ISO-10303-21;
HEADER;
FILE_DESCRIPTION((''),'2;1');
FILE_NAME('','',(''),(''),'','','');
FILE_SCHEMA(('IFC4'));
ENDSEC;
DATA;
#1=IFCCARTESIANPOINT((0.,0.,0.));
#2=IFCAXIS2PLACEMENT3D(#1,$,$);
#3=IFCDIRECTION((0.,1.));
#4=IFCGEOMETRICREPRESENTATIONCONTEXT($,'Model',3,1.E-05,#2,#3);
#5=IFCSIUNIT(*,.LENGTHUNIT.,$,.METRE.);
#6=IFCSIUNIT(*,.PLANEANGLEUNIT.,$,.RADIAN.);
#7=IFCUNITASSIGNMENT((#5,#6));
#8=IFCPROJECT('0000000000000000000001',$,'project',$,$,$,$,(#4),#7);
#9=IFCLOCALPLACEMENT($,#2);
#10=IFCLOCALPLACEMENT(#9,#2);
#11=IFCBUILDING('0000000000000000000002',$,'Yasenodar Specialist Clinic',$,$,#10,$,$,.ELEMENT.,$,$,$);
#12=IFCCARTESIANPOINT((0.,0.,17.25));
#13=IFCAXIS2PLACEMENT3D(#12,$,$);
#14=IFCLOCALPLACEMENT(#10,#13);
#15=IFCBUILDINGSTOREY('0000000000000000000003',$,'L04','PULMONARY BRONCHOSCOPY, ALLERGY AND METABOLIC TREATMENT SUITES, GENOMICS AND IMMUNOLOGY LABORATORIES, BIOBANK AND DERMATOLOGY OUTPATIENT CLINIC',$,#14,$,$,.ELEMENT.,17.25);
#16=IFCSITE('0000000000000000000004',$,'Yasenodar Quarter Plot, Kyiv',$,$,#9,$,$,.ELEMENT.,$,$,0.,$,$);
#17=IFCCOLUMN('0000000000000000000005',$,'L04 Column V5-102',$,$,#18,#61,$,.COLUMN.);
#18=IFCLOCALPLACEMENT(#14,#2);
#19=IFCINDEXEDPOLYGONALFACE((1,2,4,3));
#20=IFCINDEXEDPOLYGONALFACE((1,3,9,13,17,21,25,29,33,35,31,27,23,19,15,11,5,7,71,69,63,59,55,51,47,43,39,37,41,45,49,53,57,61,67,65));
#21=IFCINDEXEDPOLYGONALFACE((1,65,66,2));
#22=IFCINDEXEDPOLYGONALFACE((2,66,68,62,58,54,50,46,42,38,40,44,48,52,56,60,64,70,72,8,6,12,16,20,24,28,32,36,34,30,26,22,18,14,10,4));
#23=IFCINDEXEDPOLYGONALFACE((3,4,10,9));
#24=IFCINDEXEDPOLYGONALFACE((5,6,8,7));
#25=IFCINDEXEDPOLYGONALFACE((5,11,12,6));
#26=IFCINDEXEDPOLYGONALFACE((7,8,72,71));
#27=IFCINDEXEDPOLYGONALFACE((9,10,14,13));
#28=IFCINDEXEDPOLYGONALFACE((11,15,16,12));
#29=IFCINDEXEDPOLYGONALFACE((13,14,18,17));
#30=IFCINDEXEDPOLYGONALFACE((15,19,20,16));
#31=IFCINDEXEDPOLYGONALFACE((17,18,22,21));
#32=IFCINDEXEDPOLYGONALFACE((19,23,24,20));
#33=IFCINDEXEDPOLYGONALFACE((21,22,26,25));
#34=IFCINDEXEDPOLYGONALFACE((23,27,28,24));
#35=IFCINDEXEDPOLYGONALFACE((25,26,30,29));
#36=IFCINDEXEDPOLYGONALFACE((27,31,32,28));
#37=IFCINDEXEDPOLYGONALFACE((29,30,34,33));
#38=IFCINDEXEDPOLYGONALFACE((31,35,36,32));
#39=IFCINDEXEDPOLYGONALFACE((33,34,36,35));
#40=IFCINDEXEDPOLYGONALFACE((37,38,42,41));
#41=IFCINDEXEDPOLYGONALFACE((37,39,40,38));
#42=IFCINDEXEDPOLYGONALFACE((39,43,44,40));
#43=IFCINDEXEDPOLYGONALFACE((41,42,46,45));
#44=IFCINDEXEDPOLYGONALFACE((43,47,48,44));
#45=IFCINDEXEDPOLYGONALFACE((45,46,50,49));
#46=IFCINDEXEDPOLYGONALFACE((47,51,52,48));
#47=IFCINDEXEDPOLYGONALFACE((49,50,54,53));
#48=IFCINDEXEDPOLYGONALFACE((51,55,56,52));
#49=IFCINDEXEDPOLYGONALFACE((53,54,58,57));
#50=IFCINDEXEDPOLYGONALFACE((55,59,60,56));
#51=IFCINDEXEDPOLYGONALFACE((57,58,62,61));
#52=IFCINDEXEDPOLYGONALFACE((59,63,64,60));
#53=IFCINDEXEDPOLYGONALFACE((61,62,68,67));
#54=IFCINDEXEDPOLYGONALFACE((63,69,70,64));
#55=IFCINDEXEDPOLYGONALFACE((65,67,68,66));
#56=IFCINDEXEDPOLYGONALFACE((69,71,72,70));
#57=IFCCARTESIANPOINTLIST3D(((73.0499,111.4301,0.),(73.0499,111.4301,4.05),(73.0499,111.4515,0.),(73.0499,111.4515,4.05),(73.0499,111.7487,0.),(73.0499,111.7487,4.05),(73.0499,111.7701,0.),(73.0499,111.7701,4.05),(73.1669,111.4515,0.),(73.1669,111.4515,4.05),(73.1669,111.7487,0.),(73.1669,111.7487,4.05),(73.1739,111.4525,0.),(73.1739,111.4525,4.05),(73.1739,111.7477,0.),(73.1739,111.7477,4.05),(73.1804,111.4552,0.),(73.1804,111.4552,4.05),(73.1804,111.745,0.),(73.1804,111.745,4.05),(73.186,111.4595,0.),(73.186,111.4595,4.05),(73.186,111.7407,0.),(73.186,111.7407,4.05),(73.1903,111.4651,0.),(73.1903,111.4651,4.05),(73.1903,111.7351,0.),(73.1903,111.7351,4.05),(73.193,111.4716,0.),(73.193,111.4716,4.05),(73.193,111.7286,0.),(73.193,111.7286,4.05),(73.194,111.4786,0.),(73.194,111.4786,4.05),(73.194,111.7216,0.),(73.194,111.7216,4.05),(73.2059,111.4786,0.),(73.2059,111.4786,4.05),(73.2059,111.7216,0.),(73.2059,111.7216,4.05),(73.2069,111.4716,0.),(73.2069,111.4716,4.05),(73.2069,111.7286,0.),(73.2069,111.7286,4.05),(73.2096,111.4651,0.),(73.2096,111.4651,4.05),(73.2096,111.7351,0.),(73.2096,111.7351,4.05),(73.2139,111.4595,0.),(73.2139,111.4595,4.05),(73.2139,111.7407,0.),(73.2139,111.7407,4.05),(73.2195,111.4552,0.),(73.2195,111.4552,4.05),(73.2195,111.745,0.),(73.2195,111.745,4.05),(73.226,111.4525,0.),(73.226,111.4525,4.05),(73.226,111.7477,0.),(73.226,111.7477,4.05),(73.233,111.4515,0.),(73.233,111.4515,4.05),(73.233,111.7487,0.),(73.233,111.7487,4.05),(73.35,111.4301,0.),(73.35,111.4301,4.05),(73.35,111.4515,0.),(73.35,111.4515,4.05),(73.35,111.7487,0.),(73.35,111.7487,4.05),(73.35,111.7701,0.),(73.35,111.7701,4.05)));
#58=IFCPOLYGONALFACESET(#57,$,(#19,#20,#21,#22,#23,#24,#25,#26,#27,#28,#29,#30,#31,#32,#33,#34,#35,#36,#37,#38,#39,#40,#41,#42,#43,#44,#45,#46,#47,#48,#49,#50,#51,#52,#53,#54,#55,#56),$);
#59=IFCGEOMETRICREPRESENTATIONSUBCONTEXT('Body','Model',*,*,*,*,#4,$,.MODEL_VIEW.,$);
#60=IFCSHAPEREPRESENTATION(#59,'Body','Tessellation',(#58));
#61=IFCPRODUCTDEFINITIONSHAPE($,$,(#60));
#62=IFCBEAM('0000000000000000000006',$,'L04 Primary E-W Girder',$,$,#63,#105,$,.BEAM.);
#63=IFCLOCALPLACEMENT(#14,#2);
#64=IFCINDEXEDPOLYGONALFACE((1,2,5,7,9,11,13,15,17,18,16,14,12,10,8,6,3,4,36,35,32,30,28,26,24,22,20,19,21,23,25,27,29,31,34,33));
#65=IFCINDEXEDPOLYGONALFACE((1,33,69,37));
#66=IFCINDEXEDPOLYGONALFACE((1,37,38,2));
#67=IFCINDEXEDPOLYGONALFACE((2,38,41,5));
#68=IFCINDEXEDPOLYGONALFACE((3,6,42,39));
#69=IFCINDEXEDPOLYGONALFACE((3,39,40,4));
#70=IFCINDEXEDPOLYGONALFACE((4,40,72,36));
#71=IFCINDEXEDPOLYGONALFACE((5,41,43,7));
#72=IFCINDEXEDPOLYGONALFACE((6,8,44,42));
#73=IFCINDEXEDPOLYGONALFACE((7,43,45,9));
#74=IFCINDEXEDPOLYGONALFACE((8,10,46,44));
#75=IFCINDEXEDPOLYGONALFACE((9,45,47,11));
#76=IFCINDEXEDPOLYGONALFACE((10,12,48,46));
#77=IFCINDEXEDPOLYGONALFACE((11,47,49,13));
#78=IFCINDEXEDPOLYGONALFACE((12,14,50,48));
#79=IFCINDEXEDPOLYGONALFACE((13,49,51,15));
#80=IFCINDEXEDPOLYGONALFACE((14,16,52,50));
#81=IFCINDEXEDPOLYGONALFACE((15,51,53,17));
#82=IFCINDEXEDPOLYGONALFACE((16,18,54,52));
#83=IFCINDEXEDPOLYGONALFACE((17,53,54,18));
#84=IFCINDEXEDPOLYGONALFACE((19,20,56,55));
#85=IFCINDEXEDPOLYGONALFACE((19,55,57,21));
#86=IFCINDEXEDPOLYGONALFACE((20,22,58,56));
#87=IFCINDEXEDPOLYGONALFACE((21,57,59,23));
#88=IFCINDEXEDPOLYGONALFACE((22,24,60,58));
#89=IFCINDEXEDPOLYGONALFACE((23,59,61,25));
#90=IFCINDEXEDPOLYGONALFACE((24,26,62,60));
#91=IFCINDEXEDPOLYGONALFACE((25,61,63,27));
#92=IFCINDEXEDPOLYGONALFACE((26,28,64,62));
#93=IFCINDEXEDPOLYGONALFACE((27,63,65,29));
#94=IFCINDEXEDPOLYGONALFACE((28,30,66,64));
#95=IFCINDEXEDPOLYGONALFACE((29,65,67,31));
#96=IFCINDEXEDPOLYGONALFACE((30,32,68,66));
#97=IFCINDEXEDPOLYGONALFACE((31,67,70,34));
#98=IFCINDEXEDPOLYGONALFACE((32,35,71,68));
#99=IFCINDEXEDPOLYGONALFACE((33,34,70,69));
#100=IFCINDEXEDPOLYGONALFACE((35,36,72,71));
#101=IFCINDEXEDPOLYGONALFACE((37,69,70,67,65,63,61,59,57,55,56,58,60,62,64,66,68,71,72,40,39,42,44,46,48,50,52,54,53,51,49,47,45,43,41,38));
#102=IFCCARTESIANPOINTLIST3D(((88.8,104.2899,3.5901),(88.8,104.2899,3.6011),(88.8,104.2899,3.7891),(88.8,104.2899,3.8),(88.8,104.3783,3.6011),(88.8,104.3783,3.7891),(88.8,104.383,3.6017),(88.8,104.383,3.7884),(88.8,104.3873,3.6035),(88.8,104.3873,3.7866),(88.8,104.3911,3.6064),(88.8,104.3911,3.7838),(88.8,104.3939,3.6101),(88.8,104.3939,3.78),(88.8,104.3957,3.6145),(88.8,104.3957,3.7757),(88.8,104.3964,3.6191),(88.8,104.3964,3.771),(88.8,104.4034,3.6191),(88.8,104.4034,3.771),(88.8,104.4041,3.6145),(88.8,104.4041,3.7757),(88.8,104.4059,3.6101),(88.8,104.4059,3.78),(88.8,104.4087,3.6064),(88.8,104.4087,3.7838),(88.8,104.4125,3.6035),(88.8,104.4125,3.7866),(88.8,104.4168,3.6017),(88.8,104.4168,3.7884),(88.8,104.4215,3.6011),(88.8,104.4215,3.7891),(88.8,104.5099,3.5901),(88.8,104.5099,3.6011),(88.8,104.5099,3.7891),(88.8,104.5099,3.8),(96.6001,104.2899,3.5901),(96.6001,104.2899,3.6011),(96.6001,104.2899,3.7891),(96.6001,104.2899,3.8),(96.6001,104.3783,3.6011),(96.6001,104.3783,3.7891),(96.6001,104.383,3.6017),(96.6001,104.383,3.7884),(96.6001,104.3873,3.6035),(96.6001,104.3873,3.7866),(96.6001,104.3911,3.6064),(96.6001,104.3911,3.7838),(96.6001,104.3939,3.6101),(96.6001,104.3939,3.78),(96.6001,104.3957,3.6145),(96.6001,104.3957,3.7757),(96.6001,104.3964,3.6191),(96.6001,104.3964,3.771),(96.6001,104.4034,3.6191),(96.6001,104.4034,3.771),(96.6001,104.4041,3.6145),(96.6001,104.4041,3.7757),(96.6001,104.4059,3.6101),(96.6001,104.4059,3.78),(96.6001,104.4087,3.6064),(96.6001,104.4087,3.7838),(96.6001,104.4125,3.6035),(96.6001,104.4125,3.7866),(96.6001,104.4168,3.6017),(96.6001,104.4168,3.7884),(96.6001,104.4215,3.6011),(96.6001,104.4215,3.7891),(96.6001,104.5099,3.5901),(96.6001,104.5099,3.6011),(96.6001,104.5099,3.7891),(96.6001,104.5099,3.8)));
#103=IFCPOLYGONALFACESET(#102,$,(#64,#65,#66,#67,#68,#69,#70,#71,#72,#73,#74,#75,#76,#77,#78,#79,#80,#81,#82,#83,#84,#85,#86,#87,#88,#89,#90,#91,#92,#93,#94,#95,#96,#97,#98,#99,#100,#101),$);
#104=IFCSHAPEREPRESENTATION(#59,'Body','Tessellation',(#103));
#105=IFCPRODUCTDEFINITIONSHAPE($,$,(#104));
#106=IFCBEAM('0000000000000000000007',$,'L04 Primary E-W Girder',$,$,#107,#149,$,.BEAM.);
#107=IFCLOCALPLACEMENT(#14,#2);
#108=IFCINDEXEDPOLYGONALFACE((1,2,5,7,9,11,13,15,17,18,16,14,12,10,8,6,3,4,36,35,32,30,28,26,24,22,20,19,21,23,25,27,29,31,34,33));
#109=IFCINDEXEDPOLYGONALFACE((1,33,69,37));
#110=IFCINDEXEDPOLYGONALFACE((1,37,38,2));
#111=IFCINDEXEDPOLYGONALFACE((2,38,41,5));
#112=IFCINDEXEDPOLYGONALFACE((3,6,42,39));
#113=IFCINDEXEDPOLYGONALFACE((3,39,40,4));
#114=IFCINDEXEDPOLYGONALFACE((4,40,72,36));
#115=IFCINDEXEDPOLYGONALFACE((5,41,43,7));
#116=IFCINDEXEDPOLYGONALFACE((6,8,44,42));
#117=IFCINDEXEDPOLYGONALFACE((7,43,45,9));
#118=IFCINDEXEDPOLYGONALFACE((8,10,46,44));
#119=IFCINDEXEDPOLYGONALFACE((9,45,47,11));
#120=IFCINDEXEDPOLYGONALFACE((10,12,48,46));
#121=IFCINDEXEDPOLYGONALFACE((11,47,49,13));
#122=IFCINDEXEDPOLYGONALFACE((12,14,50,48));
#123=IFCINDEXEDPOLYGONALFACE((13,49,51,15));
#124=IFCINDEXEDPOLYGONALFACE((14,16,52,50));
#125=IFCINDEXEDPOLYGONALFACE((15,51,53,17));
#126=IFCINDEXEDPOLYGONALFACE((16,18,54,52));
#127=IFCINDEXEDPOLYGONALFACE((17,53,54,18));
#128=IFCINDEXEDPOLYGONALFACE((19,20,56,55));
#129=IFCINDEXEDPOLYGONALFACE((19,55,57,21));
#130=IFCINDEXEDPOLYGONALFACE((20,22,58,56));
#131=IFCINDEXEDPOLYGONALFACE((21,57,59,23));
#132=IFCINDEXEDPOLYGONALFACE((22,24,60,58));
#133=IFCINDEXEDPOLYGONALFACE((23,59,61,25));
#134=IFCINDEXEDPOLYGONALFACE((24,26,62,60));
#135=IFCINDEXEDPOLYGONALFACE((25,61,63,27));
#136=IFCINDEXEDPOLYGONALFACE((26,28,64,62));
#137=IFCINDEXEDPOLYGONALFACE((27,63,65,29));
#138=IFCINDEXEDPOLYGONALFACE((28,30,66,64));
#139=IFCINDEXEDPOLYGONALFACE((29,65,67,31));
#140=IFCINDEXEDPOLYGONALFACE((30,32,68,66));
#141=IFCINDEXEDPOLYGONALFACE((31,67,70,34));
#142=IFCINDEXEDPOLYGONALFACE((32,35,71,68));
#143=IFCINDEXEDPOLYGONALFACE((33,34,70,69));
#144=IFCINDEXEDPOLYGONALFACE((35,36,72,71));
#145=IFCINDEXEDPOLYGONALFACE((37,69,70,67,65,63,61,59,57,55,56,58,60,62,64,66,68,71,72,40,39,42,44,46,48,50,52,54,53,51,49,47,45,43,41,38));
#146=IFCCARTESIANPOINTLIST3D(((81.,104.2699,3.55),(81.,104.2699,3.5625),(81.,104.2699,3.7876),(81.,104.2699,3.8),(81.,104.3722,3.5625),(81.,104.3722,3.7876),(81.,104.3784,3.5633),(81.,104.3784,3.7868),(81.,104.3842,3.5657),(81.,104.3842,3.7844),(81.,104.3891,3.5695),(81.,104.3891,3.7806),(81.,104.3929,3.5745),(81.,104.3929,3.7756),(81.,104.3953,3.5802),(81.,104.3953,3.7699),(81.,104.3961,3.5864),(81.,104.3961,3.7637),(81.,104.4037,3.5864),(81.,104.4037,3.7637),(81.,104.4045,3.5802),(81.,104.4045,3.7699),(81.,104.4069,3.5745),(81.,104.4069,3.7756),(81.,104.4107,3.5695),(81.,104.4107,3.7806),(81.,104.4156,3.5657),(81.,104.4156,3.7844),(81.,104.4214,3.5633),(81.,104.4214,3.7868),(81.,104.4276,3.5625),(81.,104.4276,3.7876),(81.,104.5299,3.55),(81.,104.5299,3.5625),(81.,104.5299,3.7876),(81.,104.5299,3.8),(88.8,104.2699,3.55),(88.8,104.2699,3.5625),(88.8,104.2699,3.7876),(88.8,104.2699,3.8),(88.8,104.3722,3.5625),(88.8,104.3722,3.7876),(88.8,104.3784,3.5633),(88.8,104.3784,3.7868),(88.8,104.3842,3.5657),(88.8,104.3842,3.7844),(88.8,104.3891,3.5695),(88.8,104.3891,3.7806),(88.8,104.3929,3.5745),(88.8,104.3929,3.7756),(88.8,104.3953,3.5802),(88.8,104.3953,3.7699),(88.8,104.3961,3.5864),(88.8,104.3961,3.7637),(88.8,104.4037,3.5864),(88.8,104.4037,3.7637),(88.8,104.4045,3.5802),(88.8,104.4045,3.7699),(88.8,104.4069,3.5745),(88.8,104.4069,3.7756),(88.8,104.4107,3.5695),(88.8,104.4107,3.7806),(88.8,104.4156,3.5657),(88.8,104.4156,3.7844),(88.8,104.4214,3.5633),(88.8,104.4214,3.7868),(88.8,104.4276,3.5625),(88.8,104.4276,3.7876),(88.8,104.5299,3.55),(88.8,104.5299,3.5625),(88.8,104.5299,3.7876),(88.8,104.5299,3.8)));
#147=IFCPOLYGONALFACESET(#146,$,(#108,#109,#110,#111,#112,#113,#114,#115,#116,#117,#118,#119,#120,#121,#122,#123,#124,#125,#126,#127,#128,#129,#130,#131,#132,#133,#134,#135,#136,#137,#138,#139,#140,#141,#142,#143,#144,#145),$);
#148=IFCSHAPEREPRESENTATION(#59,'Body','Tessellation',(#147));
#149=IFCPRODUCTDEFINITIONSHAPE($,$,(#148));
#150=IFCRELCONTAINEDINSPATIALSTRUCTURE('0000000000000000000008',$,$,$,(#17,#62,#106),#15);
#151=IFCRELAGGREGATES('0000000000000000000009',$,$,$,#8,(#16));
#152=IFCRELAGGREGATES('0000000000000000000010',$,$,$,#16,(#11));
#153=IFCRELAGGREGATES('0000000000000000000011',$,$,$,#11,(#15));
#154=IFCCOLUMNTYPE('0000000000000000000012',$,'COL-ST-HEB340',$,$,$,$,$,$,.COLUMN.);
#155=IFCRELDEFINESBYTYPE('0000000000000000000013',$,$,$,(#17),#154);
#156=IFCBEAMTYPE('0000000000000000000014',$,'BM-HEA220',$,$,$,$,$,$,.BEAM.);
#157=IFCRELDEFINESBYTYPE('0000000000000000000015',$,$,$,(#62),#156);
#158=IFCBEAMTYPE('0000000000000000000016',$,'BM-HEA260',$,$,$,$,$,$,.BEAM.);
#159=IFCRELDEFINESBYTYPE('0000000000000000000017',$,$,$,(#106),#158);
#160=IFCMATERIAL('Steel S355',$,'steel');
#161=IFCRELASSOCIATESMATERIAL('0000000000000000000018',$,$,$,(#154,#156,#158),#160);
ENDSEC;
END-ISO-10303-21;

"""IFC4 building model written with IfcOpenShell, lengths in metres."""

from ifc_helpers import new_model, si_unit, direction, frame, origin, origin_2d, place, context, subcontext, project, spatial, i_section, extrude, material, material_profile, profile_set, type_object, element, save


model = new_model("IFC4")

# Units and contexts
model_context = context("Model", 3, precision=1e-05, world=origin(), true_north=direction((0.0, 1.0)))
body_context = subcontext(model_context, "Body", "Model", "MODEL_VIEW")
ifc_project = project(units=[si_unit("LENGTHUNIT", "METRE"), si_unit("PLANEANGLEUNIT", "RADIAN")], contexts=[model_context])

# Site, building, storey
site_placement = place(None, origin())
site = spatial("IfcSite", under=ifc_project, at=site_placement, Name="Yasenodar Quarter Plot, Kyiv", CompositionType="ELEMENT", RefElevation=0.0)
building_placement = place(site_placement, origin())
building = spatial("IfcBuilding", under=site, at=building_placement, Name="Yasenodar Specialist Clinic", CompositionType="ELEMENT")
storey_placement = place(building_placement, frame((0.0, 0.0, 17.25)))
storey = spatial("IfcBuildingStorey", under=building, at=storey_placement, Name="L04", Description="PULMONARY BRONCHOSCOPY, ALLERGY AND METABOLIC TREATMENT SUITES, GENOMICS AND IMMUNOLOGY LABORATORIES, BIOBANK AND DERMATOLOGY OUTPATIENT CLINIC", CompositionType="ELEMENT", Elevation=17.25)

# Column
ifc_material_1 = material(Name="Steel S355", Category="steel")
ifc_material_profile_1 = material_profile(ifc_material_1, i_section(OverallWidth=0.3, OverallDepth=0.3401, WebThickness=0.012, FlangeThickness=0.0215, FilletRadius=0.0271, at=origin_2d()), Name="HEB 340")
ifc_profile_set_1 = profile_set([ifc_material_profile_1], Name="Steel S355")
column_type_1 = type_object("IfcColumnType", Name="COL-ST-HEB340", PredefinedType="COLUMN", material=ifc_profile_set_1)
column_1_placement = place(storey_placement, frame((73.2, 111.6001, 0.0), z_axis=(0.0, 0.0, 1.0), x_axis=(1.0, 0.0, 0.0)))
element("IfcColumn", 1, at=column_1_placement, inside=storey, type_object=column_type_1, Name="L04 Column V5-102", PredefinedType="COLUMN", context=body_context, shape_type="SweptSolid", body=[
    extrude(i_section(OverallWidth=0.3, OverallDepth=0.3401, WebThickness=0.012, FlangeThickness=0.0215, FilletRadius=0.0271, at=origin_2d()), origin(), (0.0, 0.0, 1.0), 4.05),
])

# Beams
ifc_material_profile_2 = material_profile(ifc_material_1, i_section(OverallWidth=0.22, OverallDepth=0.21, WebThickness=0.0071, FlangeThickness=0.011, FilletRadius=0.0181, at=origin_2d()), Name="HEA 220")
ifc_profile_set_2 = profile_set([ifc_material_profile_2], Name="Steel S355")
beam_type_1 = type_object("IfcBeamType", Name="BM-HEA220", PredefinedType="BEAM", material=ifc_profile_set_2)
beam_1_placement = place(storey_placement, frame((88.8, 104.3999, 3.6951), z_axis=(1.0, 0.0, 0.0), x_axis=(0.0, 1.0, 0.0)))
element("IfcBeam", 2, at=beam_1_placement, inside=storey, type_object=beam_type_1, Name="L04 Primary E-W Girder", PredefinedType="BEAM", context=body_context, shape_type="SweptSolid", body=[
    extrude(i_section(OverallWidth=0.22, OverallDepth=0.21, WebThickness=0.0071, FlangeThickness=0.011, FilletRadius=0.0181, at=origin_2d()), origin(), (0.0, 0.0, 1.0), 7.8),
])
ifc_material_profile_3 = material_profile(ifc_material_1, i_section(OverallWidth=0.26, OverallDepth=0.25, WebThickness=0.0076, FlangeThickness=0.0125, FilletRadius=0.0239, at=origin_2d()), Name="HEA 260")
ifc_profile_set_3 = profile_set([ifc_material_profile_3], Name="Steel S355")
beam_type_2 = type_object("IfcBeamType", Name="BM-HEA260", PredefinedType="BEAM", material=ifc_profile_set_3)
beam_2_placement = place(storey_placement, frame((81.0, 104.3999, 3.675), z_axis=(1.0, 0.0, 0.0), x_axis=(0.0, 1.0, 0.0)))
element("IfcBeam", 3, at=beam_2_placement, inside=storey, type_object=beam_type_2, Name="L04 Primary E-W Girder", PredefinedType="BEAM", context=body_context, shape_type="SweptSolid", body=[
    extrude(i_section(OverallWidth=0.26, OverallDepth=0.25, WebThickness=0.0076, FlangeThickness=0.0125, FilletRadius=0.0239, at=origin_2d()), origin(), (0.0, 0.0, 1.0), 7.8),
])

save(model, "model.ifc")
